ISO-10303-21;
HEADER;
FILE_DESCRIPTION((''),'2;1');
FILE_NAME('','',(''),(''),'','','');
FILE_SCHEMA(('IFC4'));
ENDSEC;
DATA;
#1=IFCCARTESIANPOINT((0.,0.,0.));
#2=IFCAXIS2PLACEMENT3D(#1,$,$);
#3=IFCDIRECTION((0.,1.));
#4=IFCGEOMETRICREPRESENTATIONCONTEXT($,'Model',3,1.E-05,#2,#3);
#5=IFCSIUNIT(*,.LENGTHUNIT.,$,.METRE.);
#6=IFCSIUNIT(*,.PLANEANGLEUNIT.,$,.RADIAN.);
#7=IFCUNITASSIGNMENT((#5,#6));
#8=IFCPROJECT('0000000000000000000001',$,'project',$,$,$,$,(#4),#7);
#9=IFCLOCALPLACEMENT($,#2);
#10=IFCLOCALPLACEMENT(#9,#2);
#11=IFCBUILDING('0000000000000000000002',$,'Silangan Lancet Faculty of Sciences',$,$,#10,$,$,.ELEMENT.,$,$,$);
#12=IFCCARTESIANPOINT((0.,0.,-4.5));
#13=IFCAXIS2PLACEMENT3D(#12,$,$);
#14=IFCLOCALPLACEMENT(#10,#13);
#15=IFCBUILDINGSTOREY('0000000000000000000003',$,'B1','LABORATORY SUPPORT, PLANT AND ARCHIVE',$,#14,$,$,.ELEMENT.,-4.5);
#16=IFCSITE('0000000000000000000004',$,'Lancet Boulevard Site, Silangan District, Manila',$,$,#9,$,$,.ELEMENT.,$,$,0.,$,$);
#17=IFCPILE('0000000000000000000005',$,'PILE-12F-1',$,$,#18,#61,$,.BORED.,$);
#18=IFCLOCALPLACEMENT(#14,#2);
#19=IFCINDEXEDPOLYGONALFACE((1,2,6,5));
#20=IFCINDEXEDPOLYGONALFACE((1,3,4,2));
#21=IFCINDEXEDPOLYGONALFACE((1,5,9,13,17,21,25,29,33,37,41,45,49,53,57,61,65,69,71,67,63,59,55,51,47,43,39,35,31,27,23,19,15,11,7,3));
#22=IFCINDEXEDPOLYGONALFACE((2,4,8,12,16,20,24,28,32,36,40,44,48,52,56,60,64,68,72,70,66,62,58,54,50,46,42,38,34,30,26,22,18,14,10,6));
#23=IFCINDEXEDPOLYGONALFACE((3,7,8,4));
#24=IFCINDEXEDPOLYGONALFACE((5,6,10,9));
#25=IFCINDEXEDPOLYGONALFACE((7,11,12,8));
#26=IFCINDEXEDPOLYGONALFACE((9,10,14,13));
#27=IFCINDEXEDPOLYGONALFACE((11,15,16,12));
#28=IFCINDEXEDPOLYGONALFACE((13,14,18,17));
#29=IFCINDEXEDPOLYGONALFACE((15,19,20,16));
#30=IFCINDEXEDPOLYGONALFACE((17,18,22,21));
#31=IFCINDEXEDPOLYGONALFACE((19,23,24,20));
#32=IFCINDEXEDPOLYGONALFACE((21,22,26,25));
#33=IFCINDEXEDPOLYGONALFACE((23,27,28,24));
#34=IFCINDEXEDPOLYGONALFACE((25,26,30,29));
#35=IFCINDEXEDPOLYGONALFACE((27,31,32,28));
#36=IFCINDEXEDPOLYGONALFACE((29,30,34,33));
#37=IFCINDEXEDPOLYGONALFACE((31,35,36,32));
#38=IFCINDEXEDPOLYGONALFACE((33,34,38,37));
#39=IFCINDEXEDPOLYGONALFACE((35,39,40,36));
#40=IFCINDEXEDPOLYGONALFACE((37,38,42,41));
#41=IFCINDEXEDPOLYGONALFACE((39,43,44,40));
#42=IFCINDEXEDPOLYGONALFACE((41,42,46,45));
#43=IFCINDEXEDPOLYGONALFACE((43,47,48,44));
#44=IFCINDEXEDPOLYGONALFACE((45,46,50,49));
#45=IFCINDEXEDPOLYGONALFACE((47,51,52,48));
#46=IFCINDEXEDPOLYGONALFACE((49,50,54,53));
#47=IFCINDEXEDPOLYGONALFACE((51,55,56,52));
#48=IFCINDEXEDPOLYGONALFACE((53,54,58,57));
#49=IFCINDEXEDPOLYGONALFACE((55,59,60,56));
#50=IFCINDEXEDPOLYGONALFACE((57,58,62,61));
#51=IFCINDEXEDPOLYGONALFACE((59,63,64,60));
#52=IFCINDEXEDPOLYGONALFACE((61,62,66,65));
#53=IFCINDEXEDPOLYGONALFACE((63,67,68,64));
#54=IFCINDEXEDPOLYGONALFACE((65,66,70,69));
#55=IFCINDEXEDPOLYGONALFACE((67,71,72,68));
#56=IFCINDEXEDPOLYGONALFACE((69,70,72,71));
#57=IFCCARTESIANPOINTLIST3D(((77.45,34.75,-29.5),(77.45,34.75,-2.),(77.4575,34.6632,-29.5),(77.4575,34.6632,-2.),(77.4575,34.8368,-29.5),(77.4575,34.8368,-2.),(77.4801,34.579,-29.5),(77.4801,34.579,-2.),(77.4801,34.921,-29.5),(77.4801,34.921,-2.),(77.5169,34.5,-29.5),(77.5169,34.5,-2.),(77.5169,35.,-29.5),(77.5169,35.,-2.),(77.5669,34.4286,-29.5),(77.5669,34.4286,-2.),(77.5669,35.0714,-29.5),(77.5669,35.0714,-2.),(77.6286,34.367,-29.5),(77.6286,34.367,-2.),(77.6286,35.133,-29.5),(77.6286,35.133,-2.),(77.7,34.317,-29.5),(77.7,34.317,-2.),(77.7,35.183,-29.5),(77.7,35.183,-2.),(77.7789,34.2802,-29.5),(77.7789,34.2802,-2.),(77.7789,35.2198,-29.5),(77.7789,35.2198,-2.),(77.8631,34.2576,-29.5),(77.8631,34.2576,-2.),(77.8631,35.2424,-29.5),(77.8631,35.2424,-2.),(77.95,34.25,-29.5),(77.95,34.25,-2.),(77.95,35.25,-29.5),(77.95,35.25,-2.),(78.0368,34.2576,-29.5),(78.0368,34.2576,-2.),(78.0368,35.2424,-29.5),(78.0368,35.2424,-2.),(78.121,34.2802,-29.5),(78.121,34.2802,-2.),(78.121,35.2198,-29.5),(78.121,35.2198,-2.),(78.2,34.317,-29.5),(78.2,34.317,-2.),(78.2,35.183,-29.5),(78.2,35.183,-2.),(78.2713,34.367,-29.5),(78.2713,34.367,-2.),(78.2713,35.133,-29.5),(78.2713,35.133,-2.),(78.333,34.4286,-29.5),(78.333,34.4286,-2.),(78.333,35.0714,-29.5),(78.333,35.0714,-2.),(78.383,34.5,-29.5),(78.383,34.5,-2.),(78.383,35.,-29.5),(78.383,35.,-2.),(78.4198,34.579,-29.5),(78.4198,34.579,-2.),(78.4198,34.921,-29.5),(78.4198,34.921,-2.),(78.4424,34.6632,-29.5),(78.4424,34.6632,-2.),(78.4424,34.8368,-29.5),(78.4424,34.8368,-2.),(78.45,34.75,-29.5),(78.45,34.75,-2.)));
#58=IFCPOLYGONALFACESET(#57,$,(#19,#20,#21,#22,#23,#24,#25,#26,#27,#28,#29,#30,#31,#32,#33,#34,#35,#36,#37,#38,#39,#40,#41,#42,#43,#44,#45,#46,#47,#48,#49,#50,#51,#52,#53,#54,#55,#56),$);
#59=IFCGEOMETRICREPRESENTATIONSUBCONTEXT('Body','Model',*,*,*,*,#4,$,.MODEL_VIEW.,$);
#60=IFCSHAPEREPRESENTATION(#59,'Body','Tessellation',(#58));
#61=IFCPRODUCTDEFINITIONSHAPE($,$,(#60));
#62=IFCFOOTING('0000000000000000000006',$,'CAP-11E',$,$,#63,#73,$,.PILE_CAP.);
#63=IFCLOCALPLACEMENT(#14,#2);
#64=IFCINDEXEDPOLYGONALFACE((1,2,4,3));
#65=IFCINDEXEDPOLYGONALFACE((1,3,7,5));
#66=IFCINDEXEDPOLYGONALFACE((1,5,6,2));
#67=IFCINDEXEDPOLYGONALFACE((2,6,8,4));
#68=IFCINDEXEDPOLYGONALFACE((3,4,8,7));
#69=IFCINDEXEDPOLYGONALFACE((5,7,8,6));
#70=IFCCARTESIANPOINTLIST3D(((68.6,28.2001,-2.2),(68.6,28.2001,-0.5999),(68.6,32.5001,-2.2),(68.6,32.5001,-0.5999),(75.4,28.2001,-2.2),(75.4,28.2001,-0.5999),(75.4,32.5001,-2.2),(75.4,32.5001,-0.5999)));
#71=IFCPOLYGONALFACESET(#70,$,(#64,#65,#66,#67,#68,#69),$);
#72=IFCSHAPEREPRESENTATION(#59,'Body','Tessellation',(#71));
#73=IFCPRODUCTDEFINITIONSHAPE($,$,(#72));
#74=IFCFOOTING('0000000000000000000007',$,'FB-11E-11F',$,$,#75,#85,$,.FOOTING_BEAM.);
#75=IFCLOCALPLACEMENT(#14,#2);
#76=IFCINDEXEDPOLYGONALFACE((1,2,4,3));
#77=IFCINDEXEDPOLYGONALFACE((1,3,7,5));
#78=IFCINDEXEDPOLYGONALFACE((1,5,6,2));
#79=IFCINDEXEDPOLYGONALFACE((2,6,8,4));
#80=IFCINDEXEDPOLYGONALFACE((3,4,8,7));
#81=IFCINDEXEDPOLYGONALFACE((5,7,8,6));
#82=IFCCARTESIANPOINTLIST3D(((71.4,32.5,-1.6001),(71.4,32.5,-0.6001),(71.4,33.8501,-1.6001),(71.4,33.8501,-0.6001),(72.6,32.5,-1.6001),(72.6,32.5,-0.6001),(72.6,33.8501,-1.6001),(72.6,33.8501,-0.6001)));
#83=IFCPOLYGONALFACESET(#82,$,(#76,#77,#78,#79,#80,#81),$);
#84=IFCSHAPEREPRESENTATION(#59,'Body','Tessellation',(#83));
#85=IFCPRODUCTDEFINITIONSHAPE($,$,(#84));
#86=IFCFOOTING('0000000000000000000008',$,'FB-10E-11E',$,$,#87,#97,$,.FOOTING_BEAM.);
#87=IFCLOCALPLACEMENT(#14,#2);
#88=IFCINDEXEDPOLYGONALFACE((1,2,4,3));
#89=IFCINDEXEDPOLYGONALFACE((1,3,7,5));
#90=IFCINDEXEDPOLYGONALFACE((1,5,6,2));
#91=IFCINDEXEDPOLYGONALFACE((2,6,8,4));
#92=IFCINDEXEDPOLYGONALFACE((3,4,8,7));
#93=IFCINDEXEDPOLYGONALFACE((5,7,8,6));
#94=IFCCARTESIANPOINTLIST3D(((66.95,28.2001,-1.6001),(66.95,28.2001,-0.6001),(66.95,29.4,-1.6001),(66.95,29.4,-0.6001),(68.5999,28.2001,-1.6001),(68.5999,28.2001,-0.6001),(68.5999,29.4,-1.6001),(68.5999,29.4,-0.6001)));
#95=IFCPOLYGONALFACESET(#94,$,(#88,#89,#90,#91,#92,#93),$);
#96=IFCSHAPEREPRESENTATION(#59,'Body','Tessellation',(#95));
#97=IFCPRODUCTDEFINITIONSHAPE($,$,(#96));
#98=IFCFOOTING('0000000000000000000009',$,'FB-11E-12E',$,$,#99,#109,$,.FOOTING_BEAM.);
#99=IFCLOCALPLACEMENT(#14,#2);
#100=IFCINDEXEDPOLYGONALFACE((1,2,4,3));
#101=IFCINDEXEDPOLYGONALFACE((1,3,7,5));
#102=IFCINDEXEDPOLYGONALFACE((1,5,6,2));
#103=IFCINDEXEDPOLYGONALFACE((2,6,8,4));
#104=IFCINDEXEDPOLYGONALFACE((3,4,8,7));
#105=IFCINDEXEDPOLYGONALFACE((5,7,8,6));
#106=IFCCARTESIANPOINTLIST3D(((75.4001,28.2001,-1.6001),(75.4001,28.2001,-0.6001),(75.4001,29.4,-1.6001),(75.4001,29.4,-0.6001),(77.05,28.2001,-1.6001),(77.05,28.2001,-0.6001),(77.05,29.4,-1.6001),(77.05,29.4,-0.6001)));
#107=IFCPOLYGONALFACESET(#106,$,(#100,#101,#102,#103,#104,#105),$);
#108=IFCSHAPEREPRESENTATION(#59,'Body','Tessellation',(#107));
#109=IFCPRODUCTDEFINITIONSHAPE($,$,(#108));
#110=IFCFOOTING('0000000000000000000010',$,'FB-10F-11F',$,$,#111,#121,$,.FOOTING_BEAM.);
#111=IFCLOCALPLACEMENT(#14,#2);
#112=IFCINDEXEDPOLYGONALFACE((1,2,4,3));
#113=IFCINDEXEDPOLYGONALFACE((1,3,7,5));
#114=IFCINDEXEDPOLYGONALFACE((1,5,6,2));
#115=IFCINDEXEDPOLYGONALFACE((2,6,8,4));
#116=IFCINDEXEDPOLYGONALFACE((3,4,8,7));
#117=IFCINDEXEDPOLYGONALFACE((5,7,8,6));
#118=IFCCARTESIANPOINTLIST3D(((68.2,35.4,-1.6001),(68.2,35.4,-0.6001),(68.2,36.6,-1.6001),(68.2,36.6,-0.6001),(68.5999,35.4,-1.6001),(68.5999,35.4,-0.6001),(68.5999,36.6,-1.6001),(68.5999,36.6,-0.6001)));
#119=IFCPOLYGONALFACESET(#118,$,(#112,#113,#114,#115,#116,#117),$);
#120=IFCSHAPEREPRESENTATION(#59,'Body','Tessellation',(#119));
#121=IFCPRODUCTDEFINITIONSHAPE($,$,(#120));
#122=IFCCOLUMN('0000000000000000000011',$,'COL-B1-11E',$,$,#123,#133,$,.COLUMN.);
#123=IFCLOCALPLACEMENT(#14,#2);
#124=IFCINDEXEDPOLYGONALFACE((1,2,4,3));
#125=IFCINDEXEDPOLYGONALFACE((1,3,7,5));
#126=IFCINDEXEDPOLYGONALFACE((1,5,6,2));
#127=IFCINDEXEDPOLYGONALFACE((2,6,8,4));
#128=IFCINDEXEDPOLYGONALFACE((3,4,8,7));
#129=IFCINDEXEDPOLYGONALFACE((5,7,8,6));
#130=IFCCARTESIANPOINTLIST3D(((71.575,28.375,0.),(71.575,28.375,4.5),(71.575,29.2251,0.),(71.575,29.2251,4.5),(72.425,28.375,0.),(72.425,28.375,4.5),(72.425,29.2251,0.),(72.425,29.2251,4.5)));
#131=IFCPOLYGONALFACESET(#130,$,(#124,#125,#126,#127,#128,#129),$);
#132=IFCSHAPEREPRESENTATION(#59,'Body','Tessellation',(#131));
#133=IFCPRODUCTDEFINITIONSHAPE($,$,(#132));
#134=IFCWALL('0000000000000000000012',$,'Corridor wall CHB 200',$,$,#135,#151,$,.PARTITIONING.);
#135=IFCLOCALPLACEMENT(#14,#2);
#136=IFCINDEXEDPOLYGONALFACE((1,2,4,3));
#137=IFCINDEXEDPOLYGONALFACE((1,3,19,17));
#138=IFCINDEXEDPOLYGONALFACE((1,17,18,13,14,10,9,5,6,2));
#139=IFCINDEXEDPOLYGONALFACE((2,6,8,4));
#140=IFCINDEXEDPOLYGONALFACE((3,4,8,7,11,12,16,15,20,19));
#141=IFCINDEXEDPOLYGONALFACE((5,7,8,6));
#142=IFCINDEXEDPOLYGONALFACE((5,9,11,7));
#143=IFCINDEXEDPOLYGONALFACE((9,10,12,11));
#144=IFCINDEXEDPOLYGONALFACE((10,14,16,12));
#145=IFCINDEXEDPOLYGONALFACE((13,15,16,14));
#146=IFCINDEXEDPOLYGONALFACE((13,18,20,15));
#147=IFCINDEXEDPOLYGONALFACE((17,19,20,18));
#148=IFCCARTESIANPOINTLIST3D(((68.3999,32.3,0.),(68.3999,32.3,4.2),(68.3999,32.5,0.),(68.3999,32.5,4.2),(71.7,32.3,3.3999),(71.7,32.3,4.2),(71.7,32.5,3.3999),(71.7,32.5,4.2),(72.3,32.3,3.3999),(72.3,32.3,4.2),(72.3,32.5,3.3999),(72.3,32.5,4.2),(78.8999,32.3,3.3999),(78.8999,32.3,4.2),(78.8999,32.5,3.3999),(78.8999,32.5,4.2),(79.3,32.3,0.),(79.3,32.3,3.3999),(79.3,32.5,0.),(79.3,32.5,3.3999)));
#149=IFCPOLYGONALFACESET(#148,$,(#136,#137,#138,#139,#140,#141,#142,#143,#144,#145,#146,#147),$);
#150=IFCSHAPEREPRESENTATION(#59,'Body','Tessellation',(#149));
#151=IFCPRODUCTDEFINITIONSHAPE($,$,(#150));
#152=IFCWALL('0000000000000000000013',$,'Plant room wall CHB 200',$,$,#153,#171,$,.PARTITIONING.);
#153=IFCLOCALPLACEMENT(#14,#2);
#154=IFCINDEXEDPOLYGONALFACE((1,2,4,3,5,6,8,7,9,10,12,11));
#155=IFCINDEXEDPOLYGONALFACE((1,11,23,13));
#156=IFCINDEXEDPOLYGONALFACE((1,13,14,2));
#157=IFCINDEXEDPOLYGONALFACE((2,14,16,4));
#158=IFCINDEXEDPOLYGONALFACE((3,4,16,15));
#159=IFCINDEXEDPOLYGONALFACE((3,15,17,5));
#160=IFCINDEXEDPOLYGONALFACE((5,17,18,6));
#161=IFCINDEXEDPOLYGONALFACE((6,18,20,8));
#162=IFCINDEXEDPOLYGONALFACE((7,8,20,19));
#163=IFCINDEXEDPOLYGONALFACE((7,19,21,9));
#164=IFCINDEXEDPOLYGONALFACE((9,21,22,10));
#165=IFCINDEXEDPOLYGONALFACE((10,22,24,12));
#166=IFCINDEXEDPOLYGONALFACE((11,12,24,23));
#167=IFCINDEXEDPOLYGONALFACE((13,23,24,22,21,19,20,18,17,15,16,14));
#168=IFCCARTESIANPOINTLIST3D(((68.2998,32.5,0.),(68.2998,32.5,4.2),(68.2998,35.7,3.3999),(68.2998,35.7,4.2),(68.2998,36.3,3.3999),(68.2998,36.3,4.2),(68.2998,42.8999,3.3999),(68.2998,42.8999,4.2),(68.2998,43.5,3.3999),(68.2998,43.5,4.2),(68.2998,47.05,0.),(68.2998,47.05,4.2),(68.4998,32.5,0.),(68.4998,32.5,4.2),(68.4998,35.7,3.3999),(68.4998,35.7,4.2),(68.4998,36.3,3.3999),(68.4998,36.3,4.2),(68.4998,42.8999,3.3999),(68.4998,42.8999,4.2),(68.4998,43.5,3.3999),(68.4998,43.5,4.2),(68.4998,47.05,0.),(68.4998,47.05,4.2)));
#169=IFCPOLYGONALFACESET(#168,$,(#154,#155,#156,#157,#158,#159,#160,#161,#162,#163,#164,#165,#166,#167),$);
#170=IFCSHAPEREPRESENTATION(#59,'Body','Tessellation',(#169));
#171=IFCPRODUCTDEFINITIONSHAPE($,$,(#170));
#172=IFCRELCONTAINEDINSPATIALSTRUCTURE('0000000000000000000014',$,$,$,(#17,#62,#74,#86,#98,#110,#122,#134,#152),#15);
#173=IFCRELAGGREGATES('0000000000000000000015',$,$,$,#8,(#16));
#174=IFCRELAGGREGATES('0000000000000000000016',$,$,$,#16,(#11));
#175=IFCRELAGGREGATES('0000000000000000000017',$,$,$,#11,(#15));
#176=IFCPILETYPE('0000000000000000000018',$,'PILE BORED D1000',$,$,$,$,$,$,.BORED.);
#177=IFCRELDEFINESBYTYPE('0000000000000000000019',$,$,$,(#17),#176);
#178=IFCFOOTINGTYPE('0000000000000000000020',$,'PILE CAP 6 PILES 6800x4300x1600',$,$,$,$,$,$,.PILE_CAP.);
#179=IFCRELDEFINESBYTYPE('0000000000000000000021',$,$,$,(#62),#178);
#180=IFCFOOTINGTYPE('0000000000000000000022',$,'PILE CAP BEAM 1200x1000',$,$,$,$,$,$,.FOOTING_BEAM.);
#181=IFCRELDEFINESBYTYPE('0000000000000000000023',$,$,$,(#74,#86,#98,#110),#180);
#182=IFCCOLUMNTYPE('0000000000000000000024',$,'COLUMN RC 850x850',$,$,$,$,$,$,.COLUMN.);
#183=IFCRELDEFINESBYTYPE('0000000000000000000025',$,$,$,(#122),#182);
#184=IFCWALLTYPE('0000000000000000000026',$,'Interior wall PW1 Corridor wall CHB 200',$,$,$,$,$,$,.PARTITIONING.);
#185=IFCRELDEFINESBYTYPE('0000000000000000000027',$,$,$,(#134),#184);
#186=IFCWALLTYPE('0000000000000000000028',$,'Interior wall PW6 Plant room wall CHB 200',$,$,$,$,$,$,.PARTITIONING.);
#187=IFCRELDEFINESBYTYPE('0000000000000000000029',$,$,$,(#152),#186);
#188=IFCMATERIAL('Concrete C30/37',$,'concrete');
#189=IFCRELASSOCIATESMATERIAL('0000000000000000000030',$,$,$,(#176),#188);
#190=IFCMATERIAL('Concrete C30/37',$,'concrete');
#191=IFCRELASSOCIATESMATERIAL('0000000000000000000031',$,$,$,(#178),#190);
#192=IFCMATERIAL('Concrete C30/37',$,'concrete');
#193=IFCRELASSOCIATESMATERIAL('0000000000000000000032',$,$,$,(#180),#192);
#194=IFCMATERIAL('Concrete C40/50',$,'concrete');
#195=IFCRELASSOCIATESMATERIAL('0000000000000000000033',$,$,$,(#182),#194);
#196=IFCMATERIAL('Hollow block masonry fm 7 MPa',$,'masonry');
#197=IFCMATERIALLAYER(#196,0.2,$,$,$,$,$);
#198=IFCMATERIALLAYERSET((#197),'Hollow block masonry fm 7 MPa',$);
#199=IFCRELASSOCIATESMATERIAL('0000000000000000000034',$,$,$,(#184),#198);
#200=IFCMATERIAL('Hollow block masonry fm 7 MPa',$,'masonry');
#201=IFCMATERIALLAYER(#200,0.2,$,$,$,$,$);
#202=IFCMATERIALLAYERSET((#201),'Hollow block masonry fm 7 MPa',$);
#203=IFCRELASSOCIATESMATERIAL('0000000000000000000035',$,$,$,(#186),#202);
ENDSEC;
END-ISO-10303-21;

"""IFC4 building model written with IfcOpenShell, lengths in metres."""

from ifc_helpers import new_model, si_unit, direction, frame, origin, origin_2d, place, context, subcontext, project, spatial, polyline, rectangle, circle, outline, extrude, material, layer, layer_set, material_profile, profile_set, type_object, element, save


model = new_model("IFC4")

# Units and contexts
model_context = context("Model", 3, precision=1e-05, world=origin(), true_north=direction((0.0, 1.0)))
body_context = subcontext(model_context, "Body", "Model", "MODEL_VIEW")
ifc_project = project(units=[si_unit("LENGTHUNIT", "METRE"), si_unit("PLANEANGLEUNIT", "RADIAN")], contexts=[model_context])

# Site, building, storey
site_placement = place(None, origin())
site = spatial("IfcSite", under=ifc_project, at=site_placement, Name="Lancet Boulevard Site, Silangan District, Manila", CompositionType="ELEMENT", RefElevation=0.0)
building_placement = place(site_placement, origin())
building = spatial("IfcBuilding", under=site, at=building_placement, Name="Silangan Lancet Faculty of Sciences", CompositionType="ELEMENT")
storey_placement = place(building_placement, frame((0.0, 0.0, -4.5)))
storey = spatial("IfcBuildingStorey", under=building, at=storey_placement, Name="B1", Description="LABORATORY SUPPORT, PLANT AND ARCHIVE", CompositionType="ELEMENT", Elevation=-4.5)

# Pile
ifc_material_1 = material(Name="Concrete C30/37", Category="concrete")
ifc_material_profile_1 = material_profile(ifc_material_1, circle(Radius=0.5, at=origin_2d()), Name="BORED PILE D1000")
ifc_profile_set_1 = profile_set([ifc_material_profile_1], Name="Concrete C30/37")
pile_type = type_object("IfcPileType", Name="PILE BORED D1000", PredefinedType="BORED", material=ifc_profile_set_1)
for number, where, z_axis, x_axis, name in (
    (1, (77.95, 34.75, -2.0), (0.0, 0.0, -1.0), (1.0, 0.0, 0.0), "PILE-12F-1"),
):
    element("IfcPile", number, at=place(storey_placement, frame(where, z_axis=z_axis, x_axis=x_axis)), inside=storey, type_object=pile_type, Name=name, PredefinedType="BORED", context=body_context, shape_type="SweptSolid", body=[
        extrude(circle(Radius=0.5, at=origin_2d()), origin(), (0.0, 0.0, 1.0), 27.5),
    ])

# Footings
ifc_material_2 = material(Name="Concrete C30/37", Category="concrete")
footing_type_1 = type_object("IfcFootingType", Name="PILE CAP 6 PILES 6800x4300x1600", PredefinedType="PILE_CAP", material=ifc_material_2)
footing_1_placement = place(storey_placement, frame((72.0, 30.3501, -2.2), z_axis=(0.0, 0.0, 1.0), x_axis=(1.0, 0.0, 0.0)))
element("IfcFooting", 2, at=footing_1_placement, inside=storey, type_object=footing_type_1, Name="CAP-11E", PredefinedType="PILE_CAP", context=body_context, shape_type="SweptSolid", body=[
    extrude(rectangle(XDim=6.8, YDim=4.3, at=origin_2d()), origin(), (0.0, 0.0, 1.0), 1.6001),
])
ifc_material_3 = material(Name="Concrete C30/37", Category="concrete")
footing_type_2 = type_object("IfcFootingType", Name="PILE CAP BEAM 1200x1000", PredefinedType="FOOTING_BEAM", material=ifc_material_3)
footing_2_placement = place(storey_placement, frame((72.0, 33.175, -1.6001), z_axis=(0.0, 0.0, 1.0), x_axis=(0.0, 1.0, 0.0)))
element("IfcFooting", 3, at=footing_2_placement, inside=storey, type_object=footing_type_2, Name="FB-11E-11F", PredefinedType="FOOTING_BEAM", context=body_context, shape_type="SweptSolid", body=[
    extrude(rectangle(XDim=1.3501, YDim=1.2, at=origin_2d()), origin(), (0.0, 0.0, 1.0), 1.0),
])
for number, where, z_axis, x_axis, name in (
    (4, (67.7749, 28.8, -1.6001), (0.0, 0.0, 1.0), (1.0, 0.0, 0.0), "FB-10E-11E"),
    (5, (76.2251, 28.8, -1.6001), (0.0, 0.0, 1.0), (1.0, 0.0, 0.0), "FB-11E-12E"),
):
    element("IfcFooting", number, at=place(storey_placement, frame(where, z_axis=z_axis, x_axis=x_axis)), inside=storey, type_object=footing_type_2, Name=name, PredefinedType="FOOTING_BEAM", context=body_context, shape_type="SweptSolid", body=[
        extrude(rectangle(XDim=1.6499, YDim=1.2, at=origin_2d()), origin(), (0.0, 0.0, 1.0), 1.0),
    ])
footing_3_placement = place(storey_placement, frame((68.3999, 36.0, -1.6001), z_axis=(0.0, 0.0, 1.0), x_axis=(1.0, 0.0, 0.0)))
element("IfcFooting", 6, at=footing_3_placement, inside=storey, type_object=footing_type_2, Name="FB-10F-11F", PredefinedType="FOOTING_BEAM", context=body_context, shape_type="SweptSolid", body=[
    extrude(rectangle(XDim=0.3999, YDim=1.2, at=origin_2d()), origin(), (0.0, 0.0, 1.0), 1.0),
])

# Column
ifc_material_4 = material(Name="Concrete C40/50", Category="concrete")
ifc_material_profile_2 = material_profile(ifc_material_4, rectangle(XDim=0.8501, YDim=0.8501, at=origin_2d()), Name="RC 850x850")
ifc_profile_set_2 = profile_set([ifc_material_profile_2], Name="Concrete C40/50")
column_type = type_object("IfcColumnType", Name="COLUMN RC 850x850", PredefinedType="COLUMN", material=ifc_profile_set_2)
column_placement = place(storey_placement, frame((72.0, 28.8, 0.0), z_axis=(0.0, 0.0, 1.0), x_axis=(1.0, 0.0, 0.0)))
element("IfcColumn", 7, at=column_placement, inside=storey, type_object=column_type, Name="COL-B1-11E", PredefinedType="COLUMN", context=body_context, shape_type="SweptSolid", body=[
    extrude(rectangle(XDim=0.8501, YDim=0.8501, at=origin_2d()), origin(), (0.0, 0.0, 1.0), 4.5),
])

# Walls
ifc_material_5 = material(Name="Hollow block masonry fm 7 MPa", Category="masonry")
ifc_layer_1 = layer(ifc_material_5, 0.2)
ifc_layer_set_1 = layer_set([ifc_layer_1], Name="Hollow block masonry fm 7 MPa")
wall_type_1 = type_object("IfcWallType", Name="Interior wall PW1 Corridor wall CHB 200", PredefinedType="PARTITIONING", material=ifc_layer_set_1)
wall_1_placement = place(storey_placement, frame((68.3999, 32.3999, 0.0), z_axis=(0.0, 0.0, 1.0), x_axis=(1.0, 0.0, 0.0)))
element("IfcWall", 8, at=wall_1_placement, inside=storey, type_object=wall_type_1, Name="Corridor wall CHB 200", PredefinedType="PARTITIONING", context=body_context, shape_type="SweptSolid", body=[
    extrude(outline(polyline([(0.0, 0.0), (10.9001, 0.0), (10.9001, 3.3999), (10.5, 3.3999), (10.5, 4.2), (3.9001, 4.2), (3.9001, 3.3999), (3.3, 3.3999), (3.3, 4.2), (0.0, 4.2), (0.0, 0.0)])), frame((0.0, 0.1001, 0.0), z_axis=(0.0, -1.0, 0.0), x_axis=(1.0, 0.0, 0.0)), (0.0, 0.0, 1.0), 0.2),
])
ifc_material_6 = material(Name="Hollow block masonry fm 7 MPa", Category="masonry")
ifc_layer_2 = layer(ifc_material_6, 0.2)
ifc_layer_set_2 = layer_set([ifc_layer_2], Name="Hollow block masonry fm 7 MPa")
wall_type_2 = type_object("IfcWallType", Name="Interior wall PW6 Plant room wall CHB 200", PredefinedType="PARTITIONING", material=ifc_layer_set_2)
wall_2_placement = place(storey_placement, frame((68.3999, 32.5, 0.0), z_axis=(0.0, 0.0, 1.0), x_axis=(0.0, 1.0, 0.0)))
element("IfcWall", 9, at=wall_2_placement, inside=storey, type_object=wall_type_2, Name="Plant room wall CHB 200", PredefinedType="PARTITIONING", context=body_context, shape_type="SweptSolid", body=[
    extrude(outline(polyline([(0.0, 0.0), (14.55, 0.0), (14.55, 4.2), (11.0, 4.2), (11.0, 3.3999), (10.3999, 3.3999), (10.3999, 4.2), (3.8, 4.2), (3.8, 3.3999), (3.2, 3.3999), (3.2, 4.2), (0.0, 4.2), (0.0, 0.0)])), frame((0.0, 0.1001, 0.0), z_axis=(0.0, -1.0, 0.0), x_axis=(1.0, 0.0, 0.0)), (0.0, 0.0, 1.0), 0.2),
])

save(model, "model.ifc")
